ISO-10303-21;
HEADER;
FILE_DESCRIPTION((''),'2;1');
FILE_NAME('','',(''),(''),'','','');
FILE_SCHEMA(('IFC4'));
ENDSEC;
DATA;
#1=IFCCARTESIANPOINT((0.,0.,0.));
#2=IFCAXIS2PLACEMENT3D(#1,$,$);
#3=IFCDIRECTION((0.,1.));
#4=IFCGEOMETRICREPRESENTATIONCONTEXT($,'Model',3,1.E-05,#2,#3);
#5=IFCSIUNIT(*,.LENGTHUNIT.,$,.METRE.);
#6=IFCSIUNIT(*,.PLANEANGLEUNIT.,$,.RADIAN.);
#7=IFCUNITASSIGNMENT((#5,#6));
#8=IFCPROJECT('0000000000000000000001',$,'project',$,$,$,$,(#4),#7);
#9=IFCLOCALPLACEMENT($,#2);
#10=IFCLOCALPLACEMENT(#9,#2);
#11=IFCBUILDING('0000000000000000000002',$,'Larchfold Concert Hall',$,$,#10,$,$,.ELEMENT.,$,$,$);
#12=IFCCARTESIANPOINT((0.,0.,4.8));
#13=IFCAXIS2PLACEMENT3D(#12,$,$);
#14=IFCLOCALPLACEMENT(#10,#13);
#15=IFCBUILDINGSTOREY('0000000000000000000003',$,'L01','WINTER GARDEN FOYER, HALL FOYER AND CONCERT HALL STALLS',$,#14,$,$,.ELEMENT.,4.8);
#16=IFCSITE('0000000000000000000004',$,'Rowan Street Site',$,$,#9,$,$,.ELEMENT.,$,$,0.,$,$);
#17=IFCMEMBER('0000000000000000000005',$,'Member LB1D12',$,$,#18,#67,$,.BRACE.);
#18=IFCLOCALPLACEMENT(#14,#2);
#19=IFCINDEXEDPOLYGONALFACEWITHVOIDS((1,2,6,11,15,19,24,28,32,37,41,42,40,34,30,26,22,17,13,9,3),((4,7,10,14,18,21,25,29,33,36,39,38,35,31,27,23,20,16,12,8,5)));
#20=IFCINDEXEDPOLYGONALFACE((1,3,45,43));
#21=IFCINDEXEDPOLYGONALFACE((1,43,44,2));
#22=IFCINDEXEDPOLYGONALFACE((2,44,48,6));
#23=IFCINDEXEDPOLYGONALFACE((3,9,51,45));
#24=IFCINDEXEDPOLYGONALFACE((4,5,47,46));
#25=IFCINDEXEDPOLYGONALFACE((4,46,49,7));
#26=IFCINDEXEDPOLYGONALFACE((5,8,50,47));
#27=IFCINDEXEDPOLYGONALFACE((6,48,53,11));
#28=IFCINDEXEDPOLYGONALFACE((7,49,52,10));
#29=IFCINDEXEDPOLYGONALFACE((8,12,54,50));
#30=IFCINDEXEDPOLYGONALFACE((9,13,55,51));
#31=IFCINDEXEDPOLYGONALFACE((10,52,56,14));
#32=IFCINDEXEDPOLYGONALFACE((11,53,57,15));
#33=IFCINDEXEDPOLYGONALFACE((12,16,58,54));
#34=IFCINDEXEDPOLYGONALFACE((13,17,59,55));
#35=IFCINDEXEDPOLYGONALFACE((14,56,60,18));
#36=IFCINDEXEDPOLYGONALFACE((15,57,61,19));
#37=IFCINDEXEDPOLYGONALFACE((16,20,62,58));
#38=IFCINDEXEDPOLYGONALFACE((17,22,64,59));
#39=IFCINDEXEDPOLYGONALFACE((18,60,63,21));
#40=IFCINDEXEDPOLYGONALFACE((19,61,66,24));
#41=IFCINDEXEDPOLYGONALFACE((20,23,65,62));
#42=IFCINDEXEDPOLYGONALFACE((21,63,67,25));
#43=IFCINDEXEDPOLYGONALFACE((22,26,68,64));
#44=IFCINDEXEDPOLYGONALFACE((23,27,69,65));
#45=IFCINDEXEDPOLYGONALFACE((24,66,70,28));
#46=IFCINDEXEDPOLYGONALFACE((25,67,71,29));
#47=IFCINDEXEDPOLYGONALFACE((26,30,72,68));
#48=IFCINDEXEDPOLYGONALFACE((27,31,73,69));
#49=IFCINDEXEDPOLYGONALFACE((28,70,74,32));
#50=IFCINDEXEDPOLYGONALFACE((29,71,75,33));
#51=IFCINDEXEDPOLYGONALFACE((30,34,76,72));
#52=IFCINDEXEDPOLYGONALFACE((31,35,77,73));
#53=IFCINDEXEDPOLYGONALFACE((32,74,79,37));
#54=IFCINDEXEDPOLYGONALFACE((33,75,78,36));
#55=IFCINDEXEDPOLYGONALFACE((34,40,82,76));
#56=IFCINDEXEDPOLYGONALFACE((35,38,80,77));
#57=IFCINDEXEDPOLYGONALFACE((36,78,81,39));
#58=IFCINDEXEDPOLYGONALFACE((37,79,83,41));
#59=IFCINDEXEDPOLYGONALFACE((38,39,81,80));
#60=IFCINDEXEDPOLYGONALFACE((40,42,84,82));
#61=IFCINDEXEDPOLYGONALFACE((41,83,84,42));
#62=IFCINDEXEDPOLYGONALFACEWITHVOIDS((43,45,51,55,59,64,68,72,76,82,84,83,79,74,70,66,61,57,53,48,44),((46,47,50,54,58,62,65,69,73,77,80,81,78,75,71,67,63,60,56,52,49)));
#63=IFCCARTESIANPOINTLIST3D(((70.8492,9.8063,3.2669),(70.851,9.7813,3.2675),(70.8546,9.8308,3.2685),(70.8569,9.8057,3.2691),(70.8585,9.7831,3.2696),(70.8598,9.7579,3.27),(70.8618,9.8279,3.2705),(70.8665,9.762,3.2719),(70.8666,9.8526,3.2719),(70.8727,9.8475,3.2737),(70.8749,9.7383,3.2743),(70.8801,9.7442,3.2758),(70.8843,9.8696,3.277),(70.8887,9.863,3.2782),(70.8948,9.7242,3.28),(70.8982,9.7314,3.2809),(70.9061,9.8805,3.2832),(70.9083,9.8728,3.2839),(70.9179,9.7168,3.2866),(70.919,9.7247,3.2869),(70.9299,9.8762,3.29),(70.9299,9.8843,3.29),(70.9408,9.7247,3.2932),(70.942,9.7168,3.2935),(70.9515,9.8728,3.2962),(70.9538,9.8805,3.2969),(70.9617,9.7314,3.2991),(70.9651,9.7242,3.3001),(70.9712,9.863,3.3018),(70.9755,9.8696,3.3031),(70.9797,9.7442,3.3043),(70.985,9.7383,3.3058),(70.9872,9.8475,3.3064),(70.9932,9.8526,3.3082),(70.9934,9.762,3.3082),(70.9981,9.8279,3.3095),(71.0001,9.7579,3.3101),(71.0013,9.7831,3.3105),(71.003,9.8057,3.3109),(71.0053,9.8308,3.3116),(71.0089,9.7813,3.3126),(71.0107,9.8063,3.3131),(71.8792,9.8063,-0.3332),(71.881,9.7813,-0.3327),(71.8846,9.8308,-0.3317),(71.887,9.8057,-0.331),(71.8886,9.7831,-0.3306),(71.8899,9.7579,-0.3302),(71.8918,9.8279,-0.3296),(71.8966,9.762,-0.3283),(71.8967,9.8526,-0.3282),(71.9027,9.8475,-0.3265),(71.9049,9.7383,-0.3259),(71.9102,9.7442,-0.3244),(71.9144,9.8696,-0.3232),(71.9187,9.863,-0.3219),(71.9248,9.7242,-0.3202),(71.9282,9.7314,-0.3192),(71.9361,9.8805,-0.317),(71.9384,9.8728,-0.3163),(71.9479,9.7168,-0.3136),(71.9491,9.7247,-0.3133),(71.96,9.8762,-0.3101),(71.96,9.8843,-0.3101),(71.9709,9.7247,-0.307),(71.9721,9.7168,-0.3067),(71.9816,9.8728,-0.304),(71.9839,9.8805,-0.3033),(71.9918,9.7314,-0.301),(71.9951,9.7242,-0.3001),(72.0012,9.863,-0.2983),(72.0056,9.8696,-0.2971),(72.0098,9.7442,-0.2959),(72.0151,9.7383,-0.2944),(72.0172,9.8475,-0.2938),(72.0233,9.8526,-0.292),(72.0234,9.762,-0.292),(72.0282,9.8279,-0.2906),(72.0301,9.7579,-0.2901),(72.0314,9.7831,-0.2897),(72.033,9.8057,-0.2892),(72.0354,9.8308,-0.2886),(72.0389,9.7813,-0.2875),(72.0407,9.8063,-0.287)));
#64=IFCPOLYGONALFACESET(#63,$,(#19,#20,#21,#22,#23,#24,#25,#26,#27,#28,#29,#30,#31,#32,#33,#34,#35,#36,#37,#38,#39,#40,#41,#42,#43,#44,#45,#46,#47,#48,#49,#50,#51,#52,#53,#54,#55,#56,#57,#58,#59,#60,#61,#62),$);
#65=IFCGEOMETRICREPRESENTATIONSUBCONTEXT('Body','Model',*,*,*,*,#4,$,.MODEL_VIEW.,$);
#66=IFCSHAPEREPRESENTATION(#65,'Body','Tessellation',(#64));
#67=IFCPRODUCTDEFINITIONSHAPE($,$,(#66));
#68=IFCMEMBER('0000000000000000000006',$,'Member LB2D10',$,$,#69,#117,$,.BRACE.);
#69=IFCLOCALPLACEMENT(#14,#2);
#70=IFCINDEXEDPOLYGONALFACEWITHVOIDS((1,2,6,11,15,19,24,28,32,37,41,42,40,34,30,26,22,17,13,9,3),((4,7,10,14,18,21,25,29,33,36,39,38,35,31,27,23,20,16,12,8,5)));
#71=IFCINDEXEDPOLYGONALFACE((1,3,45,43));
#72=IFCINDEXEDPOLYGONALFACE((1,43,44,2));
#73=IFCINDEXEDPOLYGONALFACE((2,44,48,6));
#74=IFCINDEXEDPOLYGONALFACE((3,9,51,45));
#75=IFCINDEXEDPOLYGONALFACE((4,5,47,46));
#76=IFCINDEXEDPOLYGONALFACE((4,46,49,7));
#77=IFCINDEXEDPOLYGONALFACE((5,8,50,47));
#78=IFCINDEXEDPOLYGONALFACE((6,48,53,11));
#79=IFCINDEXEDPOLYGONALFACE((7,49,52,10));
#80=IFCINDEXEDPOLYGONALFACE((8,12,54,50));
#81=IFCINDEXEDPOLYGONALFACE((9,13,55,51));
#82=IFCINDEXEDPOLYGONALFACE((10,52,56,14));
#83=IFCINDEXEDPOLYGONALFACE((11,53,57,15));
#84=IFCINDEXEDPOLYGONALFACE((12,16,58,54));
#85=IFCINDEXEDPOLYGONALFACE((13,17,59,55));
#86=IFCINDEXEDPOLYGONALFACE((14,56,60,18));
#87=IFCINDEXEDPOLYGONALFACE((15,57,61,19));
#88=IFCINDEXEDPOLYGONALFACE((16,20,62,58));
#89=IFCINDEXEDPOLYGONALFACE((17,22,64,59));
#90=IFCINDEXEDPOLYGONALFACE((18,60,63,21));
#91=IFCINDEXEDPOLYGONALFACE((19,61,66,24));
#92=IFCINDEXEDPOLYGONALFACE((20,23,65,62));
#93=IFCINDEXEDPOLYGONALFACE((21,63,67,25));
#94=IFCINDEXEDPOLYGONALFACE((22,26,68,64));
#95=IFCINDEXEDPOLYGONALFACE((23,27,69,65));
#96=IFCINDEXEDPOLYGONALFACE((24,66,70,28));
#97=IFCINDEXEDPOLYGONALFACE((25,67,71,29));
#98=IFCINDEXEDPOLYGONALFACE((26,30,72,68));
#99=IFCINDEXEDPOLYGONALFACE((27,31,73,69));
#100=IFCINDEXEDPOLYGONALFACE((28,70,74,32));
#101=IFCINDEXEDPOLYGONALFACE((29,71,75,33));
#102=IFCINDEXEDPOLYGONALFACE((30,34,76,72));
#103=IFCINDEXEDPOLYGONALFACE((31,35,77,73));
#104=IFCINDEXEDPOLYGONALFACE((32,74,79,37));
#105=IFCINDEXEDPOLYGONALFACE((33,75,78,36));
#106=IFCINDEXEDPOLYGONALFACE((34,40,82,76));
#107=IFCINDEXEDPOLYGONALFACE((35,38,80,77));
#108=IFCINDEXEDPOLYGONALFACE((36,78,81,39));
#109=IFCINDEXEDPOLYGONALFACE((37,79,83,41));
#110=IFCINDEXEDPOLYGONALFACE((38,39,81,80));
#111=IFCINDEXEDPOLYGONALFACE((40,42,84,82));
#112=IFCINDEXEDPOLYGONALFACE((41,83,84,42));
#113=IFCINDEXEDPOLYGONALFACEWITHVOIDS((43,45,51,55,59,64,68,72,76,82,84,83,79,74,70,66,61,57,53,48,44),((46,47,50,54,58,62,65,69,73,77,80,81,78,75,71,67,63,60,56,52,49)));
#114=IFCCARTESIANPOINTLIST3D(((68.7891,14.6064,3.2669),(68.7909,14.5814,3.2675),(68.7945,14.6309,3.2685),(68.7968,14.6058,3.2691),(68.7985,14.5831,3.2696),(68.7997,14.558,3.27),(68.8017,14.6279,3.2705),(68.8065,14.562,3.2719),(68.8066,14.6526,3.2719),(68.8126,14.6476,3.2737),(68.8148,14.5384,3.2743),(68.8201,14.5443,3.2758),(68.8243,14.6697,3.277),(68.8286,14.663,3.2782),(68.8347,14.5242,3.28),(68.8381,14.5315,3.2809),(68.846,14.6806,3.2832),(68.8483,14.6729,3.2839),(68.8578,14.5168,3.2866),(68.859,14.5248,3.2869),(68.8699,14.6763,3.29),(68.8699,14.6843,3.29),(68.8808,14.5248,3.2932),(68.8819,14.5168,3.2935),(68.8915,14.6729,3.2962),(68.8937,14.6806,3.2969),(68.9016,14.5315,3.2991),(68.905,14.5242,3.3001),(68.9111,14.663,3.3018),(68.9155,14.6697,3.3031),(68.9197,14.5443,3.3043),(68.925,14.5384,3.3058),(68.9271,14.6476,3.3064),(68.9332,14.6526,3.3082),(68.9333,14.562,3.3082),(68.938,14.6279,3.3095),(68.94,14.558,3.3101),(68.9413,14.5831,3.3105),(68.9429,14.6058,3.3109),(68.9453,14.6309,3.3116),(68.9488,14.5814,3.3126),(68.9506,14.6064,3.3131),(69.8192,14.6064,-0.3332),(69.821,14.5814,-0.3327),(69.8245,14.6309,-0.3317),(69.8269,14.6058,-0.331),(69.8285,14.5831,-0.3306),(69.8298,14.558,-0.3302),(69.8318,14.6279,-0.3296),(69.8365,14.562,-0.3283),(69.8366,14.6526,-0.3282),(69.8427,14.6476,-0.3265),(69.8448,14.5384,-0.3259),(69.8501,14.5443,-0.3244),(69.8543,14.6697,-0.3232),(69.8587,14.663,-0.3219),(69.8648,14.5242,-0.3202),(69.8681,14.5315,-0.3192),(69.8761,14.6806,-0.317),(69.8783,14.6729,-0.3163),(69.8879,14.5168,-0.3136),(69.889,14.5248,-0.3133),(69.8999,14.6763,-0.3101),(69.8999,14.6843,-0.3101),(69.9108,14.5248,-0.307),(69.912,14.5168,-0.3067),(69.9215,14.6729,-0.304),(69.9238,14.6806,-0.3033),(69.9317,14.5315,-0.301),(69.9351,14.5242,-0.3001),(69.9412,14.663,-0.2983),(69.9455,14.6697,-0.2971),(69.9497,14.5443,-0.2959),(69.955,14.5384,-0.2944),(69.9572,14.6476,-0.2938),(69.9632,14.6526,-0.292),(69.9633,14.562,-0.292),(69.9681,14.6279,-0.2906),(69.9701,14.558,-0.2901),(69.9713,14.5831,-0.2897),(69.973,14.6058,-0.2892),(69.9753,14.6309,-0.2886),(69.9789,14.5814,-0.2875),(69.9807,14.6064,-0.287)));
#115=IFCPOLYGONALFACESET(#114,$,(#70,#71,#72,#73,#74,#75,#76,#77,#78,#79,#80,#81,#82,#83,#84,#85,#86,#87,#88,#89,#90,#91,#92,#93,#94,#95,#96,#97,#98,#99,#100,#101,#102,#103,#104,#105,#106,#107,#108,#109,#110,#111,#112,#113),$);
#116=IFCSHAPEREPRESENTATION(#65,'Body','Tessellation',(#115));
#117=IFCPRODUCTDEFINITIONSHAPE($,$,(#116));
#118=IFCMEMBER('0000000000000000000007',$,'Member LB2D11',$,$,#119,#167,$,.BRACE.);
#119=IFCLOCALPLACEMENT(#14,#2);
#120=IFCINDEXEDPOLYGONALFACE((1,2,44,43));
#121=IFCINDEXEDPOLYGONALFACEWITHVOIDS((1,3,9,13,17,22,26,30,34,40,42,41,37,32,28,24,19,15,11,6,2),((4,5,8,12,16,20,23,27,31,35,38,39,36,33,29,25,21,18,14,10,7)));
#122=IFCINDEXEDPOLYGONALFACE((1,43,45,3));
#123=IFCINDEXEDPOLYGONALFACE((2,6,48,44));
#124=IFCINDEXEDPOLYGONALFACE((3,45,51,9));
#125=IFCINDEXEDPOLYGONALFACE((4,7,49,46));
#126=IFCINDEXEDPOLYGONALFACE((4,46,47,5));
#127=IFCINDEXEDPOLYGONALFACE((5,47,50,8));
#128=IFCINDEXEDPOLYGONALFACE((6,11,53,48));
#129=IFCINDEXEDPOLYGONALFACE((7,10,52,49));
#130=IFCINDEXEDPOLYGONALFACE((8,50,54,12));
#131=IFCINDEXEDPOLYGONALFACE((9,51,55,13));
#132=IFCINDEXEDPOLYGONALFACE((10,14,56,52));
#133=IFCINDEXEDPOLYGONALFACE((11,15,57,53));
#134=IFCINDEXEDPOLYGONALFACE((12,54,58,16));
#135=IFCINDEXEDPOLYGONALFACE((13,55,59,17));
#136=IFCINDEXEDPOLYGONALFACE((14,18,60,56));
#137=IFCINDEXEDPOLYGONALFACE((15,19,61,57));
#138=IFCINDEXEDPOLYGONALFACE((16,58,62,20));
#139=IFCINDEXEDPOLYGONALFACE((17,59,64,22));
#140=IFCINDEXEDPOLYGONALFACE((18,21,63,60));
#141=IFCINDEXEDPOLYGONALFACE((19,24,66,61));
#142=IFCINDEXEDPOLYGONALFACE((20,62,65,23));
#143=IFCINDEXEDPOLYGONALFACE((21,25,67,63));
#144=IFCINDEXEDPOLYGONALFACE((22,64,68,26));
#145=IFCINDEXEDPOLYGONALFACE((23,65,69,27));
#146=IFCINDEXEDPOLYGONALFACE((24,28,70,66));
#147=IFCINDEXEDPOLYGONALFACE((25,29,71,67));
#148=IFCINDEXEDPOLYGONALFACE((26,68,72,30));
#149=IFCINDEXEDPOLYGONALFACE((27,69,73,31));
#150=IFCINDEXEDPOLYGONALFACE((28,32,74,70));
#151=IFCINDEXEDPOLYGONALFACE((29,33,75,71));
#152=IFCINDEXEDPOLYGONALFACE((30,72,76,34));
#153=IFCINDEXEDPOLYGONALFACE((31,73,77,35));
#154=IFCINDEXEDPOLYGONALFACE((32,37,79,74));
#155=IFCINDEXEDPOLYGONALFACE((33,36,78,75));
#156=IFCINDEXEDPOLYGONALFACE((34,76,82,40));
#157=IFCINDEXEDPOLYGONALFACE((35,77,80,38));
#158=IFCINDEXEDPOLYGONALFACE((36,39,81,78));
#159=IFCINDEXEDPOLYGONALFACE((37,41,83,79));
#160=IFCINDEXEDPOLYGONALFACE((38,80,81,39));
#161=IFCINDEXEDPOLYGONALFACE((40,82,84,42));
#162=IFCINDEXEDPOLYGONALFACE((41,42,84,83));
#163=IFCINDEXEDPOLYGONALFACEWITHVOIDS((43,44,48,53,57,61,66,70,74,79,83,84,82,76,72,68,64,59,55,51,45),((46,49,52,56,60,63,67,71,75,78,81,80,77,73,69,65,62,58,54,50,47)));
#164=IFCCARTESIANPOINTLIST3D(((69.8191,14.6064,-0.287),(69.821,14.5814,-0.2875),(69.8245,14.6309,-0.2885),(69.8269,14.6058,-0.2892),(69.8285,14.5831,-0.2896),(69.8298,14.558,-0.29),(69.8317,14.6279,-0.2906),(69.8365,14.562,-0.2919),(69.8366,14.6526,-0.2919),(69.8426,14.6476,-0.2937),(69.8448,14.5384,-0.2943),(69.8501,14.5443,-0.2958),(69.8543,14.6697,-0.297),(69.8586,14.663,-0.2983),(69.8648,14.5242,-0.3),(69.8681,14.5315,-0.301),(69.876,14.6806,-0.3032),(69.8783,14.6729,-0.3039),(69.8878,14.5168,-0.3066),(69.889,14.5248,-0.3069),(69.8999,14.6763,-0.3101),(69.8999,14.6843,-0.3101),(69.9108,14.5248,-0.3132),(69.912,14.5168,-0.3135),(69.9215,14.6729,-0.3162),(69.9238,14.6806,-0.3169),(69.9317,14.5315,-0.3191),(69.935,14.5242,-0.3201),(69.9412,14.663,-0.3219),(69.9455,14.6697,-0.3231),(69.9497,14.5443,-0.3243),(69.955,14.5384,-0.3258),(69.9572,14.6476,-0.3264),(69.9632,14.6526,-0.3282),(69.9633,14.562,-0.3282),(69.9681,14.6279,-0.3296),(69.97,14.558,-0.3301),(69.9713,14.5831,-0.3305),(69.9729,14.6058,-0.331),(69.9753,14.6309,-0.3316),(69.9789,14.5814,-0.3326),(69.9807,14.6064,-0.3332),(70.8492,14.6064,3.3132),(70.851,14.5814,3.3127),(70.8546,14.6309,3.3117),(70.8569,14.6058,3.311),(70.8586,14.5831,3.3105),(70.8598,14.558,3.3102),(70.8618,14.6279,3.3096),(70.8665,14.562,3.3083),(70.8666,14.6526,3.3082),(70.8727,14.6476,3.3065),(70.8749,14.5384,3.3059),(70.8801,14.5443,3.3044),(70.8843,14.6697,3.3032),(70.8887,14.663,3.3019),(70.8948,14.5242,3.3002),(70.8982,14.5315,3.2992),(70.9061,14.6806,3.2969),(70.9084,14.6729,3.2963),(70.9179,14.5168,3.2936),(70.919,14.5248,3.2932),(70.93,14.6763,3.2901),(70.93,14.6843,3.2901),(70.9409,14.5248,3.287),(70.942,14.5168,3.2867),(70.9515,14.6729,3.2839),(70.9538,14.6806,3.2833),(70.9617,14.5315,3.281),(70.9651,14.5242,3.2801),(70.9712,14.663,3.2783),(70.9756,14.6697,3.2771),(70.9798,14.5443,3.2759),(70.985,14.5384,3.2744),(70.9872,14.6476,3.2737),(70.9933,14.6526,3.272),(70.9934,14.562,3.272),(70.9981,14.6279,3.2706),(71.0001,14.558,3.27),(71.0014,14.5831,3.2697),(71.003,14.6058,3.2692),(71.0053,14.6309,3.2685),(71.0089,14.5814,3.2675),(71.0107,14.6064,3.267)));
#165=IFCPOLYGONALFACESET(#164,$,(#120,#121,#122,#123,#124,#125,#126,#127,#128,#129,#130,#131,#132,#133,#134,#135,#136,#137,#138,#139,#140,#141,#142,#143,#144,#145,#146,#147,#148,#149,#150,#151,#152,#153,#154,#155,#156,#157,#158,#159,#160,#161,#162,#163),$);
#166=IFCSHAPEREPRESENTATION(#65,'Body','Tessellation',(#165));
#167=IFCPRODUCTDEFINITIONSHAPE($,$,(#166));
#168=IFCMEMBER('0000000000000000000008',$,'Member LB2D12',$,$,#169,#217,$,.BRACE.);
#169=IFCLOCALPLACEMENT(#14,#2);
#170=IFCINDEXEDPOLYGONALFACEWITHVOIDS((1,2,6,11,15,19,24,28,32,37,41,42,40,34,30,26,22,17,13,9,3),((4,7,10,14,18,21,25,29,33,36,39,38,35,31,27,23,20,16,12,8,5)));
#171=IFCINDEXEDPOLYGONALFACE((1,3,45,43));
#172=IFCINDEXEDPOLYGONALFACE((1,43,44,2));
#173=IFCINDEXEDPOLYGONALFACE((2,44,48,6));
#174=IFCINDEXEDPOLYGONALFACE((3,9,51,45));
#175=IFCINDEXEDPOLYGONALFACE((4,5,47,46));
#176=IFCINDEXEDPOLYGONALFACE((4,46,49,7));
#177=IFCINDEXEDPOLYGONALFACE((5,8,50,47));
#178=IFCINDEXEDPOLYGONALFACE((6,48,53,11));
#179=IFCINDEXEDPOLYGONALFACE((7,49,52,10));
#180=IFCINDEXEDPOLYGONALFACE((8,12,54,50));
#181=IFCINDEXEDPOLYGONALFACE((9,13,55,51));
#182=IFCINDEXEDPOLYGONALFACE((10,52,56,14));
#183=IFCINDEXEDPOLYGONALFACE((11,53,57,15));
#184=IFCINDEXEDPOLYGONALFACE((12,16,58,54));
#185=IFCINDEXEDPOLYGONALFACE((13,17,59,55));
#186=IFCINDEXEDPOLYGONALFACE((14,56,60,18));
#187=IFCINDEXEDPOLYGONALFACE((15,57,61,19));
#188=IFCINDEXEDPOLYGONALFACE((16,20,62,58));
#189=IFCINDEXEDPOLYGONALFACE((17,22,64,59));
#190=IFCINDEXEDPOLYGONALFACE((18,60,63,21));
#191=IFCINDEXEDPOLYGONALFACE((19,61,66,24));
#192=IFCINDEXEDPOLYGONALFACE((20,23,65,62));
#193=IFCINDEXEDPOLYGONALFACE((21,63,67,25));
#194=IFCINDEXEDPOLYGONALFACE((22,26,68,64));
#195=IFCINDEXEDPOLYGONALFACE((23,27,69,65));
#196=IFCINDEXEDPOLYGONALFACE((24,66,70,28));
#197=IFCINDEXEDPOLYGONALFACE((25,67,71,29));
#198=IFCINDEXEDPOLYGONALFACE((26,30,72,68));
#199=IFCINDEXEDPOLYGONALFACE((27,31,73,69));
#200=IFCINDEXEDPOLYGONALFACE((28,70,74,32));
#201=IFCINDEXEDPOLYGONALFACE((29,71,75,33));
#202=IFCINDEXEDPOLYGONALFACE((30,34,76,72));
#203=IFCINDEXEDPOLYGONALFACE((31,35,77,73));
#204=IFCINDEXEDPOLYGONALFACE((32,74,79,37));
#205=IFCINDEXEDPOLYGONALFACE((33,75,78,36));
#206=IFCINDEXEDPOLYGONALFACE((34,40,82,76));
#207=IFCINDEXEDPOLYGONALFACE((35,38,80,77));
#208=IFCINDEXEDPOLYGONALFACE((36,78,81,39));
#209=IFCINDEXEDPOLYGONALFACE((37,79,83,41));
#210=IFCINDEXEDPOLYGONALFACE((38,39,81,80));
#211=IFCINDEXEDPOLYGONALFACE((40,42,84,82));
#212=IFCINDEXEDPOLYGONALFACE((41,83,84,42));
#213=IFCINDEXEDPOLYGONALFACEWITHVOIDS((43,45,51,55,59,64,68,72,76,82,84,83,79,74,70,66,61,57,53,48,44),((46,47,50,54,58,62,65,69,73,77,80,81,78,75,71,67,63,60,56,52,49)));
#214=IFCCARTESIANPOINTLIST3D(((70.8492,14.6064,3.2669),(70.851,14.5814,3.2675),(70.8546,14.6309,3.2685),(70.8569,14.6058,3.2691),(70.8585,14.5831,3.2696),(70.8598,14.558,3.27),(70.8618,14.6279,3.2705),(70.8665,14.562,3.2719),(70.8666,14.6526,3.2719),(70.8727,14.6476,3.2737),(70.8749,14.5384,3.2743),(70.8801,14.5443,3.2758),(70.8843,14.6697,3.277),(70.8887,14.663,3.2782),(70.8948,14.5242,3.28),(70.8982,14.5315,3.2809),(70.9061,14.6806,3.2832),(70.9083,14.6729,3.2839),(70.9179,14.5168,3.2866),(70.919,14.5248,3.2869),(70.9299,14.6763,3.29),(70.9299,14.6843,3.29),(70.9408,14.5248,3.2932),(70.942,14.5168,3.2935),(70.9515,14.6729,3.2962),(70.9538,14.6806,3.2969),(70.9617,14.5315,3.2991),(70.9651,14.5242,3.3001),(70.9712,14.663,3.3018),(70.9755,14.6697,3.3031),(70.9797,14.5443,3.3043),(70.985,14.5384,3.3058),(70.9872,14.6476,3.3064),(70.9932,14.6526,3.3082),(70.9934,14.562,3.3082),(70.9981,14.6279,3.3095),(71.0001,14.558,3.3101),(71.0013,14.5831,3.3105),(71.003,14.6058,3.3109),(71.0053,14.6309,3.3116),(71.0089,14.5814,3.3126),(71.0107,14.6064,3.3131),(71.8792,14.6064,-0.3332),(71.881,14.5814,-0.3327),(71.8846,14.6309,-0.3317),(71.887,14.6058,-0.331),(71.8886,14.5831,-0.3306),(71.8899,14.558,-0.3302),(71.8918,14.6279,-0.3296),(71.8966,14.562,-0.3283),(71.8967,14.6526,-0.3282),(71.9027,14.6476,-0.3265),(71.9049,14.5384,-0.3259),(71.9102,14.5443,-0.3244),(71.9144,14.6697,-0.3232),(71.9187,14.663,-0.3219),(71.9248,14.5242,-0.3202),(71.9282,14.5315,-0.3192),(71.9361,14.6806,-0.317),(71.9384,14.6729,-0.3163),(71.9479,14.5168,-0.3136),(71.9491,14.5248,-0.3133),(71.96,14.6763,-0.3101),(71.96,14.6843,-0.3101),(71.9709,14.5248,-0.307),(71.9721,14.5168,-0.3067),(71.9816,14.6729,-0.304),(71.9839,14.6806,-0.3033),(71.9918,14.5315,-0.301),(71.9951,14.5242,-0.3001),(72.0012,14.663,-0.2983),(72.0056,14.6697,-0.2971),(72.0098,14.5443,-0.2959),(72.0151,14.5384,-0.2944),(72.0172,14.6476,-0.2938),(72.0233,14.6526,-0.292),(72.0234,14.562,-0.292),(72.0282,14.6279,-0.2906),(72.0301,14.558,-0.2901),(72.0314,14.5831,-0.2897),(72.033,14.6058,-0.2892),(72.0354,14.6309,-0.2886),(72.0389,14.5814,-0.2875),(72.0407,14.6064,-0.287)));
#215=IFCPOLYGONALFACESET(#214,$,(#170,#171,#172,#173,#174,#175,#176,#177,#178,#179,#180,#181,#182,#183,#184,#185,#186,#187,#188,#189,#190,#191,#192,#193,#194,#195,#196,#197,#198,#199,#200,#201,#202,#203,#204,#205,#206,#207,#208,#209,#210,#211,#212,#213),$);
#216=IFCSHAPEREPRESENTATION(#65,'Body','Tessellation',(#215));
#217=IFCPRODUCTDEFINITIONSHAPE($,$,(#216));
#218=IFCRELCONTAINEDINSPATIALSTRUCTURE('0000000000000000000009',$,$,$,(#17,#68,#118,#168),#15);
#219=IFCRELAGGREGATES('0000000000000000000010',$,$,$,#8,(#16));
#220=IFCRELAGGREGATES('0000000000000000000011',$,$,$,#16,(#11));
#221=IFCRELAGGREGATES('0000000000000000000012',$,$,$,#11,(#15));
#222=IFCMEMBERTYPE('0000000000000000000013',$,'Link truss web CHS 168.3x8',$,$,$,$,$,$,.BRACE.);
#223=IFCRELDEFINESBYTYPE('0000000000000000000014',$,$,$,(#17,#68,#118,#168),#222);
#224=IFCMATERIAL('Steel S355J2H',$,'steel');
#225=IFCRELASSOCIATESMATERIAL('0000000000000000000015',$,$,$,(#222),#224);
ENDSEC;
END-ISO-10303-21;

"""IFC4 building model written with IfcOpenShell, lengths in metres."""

from ifc_helpers import new_model, si_unit, direction, frame, origin, origin_2d, place, context, subcontext, project, spatial, hollow_circle, extrude, material, material_profile, profile_set, type_object, element, save


model = new_model("IFC4")

# Units and contexts
model_context = context("Model", 3, precision=1e-05, world=origin(), true_north=direction((0.0, 1.0)))
body_context = subcontext(model_context, "Body", "Model", "MODEL_VIEW")
ifc_project = project(units=[si_unit("LENGTHUNIT", "METRE"), si_unit("PLANEANGLEUNIT", "RADIAN")], contexts=[model_context])

# Site, building, storey
site_placement = place(None, origin())
site = spatial("IfcSite", under=ifc_project, at=site_placement, Name="Rowan Street Site", CompositionType="ELEMENT", RefElevation=0.0)
building_placement = place(site_placement, origin())
building = spatial("IfcBuilding", under=site, at=building_placement, Name="Larchfold Concert Hall", CompositionType="ELEMENT")
storey_placement = place(building_placement, frame((0.0, 0.0, 4.8)))
storey = spatial("IfcBuildingStorey", under=building, at=storey_placement, Name="L01", Description="WINTER GARDEN FOYER, HALL FOYER AND CONCERT HALL STALLS", CompositionType="ELEMENT", Elevation=4.8)

# Members
ifc_material_1 = material(Name="Steel S355J2H", Category="steel")
ifc_material_profile_1 = material_profile(ifc_material_1, hollow_circle(Radius=0.0842, WallThickness=0.0081, at=origin_2d()))
ifc_profile_set_1 = profile_set([ifc_material_profile_1], Name="Steel S355J2H")
member_type_1 = type_object("IfcMemberType", Name="Link truss web CHS 168.3x8", PredefinedType="BRACE", material=ifc_profile_set_1)
for number, where, z_axis, x_axis, name in (
    (1, (70.9299, 9.8, 3.29), (0.275074, 0.0, -0.961423), (0.0, 1.0, 0.0), "Member LB1D12"),
    (2, (68.8699, 14.6001, 3.29), (0.275074, 0.0, -0.961423), (0.0, 1.0, 0.0), "Member LB2D10"),
    (3, (69.8999, 14.6001, -0.3101), (0.275074, 0.0, 0.961423), (0.0, 1.0, 0.0), "Member LB2D11"),
    (4, (70.9299, 14.6001, 3.29), (0.275074, 0.0, -0.961423), (0.0, 1.0, 0.0), "Member LB2D12"),
):
    element("IfcMember", number, at=place(storey_placement, frame(where, z_axis=z_axis, x_axis=x_axis)), inside=storey, type_object=member_type_1, Name=name, PredefinedType="BRACE", context=body_context, shape_type="SweptSolid", body=[
        extrude(hollow_circle(Radius=0.0842, WallThickness=0.0081, at=origin_2d()), origin(), (0.0, 0.0, 1.0), 3.7446),
    ])

save(model, "model.ifc")
